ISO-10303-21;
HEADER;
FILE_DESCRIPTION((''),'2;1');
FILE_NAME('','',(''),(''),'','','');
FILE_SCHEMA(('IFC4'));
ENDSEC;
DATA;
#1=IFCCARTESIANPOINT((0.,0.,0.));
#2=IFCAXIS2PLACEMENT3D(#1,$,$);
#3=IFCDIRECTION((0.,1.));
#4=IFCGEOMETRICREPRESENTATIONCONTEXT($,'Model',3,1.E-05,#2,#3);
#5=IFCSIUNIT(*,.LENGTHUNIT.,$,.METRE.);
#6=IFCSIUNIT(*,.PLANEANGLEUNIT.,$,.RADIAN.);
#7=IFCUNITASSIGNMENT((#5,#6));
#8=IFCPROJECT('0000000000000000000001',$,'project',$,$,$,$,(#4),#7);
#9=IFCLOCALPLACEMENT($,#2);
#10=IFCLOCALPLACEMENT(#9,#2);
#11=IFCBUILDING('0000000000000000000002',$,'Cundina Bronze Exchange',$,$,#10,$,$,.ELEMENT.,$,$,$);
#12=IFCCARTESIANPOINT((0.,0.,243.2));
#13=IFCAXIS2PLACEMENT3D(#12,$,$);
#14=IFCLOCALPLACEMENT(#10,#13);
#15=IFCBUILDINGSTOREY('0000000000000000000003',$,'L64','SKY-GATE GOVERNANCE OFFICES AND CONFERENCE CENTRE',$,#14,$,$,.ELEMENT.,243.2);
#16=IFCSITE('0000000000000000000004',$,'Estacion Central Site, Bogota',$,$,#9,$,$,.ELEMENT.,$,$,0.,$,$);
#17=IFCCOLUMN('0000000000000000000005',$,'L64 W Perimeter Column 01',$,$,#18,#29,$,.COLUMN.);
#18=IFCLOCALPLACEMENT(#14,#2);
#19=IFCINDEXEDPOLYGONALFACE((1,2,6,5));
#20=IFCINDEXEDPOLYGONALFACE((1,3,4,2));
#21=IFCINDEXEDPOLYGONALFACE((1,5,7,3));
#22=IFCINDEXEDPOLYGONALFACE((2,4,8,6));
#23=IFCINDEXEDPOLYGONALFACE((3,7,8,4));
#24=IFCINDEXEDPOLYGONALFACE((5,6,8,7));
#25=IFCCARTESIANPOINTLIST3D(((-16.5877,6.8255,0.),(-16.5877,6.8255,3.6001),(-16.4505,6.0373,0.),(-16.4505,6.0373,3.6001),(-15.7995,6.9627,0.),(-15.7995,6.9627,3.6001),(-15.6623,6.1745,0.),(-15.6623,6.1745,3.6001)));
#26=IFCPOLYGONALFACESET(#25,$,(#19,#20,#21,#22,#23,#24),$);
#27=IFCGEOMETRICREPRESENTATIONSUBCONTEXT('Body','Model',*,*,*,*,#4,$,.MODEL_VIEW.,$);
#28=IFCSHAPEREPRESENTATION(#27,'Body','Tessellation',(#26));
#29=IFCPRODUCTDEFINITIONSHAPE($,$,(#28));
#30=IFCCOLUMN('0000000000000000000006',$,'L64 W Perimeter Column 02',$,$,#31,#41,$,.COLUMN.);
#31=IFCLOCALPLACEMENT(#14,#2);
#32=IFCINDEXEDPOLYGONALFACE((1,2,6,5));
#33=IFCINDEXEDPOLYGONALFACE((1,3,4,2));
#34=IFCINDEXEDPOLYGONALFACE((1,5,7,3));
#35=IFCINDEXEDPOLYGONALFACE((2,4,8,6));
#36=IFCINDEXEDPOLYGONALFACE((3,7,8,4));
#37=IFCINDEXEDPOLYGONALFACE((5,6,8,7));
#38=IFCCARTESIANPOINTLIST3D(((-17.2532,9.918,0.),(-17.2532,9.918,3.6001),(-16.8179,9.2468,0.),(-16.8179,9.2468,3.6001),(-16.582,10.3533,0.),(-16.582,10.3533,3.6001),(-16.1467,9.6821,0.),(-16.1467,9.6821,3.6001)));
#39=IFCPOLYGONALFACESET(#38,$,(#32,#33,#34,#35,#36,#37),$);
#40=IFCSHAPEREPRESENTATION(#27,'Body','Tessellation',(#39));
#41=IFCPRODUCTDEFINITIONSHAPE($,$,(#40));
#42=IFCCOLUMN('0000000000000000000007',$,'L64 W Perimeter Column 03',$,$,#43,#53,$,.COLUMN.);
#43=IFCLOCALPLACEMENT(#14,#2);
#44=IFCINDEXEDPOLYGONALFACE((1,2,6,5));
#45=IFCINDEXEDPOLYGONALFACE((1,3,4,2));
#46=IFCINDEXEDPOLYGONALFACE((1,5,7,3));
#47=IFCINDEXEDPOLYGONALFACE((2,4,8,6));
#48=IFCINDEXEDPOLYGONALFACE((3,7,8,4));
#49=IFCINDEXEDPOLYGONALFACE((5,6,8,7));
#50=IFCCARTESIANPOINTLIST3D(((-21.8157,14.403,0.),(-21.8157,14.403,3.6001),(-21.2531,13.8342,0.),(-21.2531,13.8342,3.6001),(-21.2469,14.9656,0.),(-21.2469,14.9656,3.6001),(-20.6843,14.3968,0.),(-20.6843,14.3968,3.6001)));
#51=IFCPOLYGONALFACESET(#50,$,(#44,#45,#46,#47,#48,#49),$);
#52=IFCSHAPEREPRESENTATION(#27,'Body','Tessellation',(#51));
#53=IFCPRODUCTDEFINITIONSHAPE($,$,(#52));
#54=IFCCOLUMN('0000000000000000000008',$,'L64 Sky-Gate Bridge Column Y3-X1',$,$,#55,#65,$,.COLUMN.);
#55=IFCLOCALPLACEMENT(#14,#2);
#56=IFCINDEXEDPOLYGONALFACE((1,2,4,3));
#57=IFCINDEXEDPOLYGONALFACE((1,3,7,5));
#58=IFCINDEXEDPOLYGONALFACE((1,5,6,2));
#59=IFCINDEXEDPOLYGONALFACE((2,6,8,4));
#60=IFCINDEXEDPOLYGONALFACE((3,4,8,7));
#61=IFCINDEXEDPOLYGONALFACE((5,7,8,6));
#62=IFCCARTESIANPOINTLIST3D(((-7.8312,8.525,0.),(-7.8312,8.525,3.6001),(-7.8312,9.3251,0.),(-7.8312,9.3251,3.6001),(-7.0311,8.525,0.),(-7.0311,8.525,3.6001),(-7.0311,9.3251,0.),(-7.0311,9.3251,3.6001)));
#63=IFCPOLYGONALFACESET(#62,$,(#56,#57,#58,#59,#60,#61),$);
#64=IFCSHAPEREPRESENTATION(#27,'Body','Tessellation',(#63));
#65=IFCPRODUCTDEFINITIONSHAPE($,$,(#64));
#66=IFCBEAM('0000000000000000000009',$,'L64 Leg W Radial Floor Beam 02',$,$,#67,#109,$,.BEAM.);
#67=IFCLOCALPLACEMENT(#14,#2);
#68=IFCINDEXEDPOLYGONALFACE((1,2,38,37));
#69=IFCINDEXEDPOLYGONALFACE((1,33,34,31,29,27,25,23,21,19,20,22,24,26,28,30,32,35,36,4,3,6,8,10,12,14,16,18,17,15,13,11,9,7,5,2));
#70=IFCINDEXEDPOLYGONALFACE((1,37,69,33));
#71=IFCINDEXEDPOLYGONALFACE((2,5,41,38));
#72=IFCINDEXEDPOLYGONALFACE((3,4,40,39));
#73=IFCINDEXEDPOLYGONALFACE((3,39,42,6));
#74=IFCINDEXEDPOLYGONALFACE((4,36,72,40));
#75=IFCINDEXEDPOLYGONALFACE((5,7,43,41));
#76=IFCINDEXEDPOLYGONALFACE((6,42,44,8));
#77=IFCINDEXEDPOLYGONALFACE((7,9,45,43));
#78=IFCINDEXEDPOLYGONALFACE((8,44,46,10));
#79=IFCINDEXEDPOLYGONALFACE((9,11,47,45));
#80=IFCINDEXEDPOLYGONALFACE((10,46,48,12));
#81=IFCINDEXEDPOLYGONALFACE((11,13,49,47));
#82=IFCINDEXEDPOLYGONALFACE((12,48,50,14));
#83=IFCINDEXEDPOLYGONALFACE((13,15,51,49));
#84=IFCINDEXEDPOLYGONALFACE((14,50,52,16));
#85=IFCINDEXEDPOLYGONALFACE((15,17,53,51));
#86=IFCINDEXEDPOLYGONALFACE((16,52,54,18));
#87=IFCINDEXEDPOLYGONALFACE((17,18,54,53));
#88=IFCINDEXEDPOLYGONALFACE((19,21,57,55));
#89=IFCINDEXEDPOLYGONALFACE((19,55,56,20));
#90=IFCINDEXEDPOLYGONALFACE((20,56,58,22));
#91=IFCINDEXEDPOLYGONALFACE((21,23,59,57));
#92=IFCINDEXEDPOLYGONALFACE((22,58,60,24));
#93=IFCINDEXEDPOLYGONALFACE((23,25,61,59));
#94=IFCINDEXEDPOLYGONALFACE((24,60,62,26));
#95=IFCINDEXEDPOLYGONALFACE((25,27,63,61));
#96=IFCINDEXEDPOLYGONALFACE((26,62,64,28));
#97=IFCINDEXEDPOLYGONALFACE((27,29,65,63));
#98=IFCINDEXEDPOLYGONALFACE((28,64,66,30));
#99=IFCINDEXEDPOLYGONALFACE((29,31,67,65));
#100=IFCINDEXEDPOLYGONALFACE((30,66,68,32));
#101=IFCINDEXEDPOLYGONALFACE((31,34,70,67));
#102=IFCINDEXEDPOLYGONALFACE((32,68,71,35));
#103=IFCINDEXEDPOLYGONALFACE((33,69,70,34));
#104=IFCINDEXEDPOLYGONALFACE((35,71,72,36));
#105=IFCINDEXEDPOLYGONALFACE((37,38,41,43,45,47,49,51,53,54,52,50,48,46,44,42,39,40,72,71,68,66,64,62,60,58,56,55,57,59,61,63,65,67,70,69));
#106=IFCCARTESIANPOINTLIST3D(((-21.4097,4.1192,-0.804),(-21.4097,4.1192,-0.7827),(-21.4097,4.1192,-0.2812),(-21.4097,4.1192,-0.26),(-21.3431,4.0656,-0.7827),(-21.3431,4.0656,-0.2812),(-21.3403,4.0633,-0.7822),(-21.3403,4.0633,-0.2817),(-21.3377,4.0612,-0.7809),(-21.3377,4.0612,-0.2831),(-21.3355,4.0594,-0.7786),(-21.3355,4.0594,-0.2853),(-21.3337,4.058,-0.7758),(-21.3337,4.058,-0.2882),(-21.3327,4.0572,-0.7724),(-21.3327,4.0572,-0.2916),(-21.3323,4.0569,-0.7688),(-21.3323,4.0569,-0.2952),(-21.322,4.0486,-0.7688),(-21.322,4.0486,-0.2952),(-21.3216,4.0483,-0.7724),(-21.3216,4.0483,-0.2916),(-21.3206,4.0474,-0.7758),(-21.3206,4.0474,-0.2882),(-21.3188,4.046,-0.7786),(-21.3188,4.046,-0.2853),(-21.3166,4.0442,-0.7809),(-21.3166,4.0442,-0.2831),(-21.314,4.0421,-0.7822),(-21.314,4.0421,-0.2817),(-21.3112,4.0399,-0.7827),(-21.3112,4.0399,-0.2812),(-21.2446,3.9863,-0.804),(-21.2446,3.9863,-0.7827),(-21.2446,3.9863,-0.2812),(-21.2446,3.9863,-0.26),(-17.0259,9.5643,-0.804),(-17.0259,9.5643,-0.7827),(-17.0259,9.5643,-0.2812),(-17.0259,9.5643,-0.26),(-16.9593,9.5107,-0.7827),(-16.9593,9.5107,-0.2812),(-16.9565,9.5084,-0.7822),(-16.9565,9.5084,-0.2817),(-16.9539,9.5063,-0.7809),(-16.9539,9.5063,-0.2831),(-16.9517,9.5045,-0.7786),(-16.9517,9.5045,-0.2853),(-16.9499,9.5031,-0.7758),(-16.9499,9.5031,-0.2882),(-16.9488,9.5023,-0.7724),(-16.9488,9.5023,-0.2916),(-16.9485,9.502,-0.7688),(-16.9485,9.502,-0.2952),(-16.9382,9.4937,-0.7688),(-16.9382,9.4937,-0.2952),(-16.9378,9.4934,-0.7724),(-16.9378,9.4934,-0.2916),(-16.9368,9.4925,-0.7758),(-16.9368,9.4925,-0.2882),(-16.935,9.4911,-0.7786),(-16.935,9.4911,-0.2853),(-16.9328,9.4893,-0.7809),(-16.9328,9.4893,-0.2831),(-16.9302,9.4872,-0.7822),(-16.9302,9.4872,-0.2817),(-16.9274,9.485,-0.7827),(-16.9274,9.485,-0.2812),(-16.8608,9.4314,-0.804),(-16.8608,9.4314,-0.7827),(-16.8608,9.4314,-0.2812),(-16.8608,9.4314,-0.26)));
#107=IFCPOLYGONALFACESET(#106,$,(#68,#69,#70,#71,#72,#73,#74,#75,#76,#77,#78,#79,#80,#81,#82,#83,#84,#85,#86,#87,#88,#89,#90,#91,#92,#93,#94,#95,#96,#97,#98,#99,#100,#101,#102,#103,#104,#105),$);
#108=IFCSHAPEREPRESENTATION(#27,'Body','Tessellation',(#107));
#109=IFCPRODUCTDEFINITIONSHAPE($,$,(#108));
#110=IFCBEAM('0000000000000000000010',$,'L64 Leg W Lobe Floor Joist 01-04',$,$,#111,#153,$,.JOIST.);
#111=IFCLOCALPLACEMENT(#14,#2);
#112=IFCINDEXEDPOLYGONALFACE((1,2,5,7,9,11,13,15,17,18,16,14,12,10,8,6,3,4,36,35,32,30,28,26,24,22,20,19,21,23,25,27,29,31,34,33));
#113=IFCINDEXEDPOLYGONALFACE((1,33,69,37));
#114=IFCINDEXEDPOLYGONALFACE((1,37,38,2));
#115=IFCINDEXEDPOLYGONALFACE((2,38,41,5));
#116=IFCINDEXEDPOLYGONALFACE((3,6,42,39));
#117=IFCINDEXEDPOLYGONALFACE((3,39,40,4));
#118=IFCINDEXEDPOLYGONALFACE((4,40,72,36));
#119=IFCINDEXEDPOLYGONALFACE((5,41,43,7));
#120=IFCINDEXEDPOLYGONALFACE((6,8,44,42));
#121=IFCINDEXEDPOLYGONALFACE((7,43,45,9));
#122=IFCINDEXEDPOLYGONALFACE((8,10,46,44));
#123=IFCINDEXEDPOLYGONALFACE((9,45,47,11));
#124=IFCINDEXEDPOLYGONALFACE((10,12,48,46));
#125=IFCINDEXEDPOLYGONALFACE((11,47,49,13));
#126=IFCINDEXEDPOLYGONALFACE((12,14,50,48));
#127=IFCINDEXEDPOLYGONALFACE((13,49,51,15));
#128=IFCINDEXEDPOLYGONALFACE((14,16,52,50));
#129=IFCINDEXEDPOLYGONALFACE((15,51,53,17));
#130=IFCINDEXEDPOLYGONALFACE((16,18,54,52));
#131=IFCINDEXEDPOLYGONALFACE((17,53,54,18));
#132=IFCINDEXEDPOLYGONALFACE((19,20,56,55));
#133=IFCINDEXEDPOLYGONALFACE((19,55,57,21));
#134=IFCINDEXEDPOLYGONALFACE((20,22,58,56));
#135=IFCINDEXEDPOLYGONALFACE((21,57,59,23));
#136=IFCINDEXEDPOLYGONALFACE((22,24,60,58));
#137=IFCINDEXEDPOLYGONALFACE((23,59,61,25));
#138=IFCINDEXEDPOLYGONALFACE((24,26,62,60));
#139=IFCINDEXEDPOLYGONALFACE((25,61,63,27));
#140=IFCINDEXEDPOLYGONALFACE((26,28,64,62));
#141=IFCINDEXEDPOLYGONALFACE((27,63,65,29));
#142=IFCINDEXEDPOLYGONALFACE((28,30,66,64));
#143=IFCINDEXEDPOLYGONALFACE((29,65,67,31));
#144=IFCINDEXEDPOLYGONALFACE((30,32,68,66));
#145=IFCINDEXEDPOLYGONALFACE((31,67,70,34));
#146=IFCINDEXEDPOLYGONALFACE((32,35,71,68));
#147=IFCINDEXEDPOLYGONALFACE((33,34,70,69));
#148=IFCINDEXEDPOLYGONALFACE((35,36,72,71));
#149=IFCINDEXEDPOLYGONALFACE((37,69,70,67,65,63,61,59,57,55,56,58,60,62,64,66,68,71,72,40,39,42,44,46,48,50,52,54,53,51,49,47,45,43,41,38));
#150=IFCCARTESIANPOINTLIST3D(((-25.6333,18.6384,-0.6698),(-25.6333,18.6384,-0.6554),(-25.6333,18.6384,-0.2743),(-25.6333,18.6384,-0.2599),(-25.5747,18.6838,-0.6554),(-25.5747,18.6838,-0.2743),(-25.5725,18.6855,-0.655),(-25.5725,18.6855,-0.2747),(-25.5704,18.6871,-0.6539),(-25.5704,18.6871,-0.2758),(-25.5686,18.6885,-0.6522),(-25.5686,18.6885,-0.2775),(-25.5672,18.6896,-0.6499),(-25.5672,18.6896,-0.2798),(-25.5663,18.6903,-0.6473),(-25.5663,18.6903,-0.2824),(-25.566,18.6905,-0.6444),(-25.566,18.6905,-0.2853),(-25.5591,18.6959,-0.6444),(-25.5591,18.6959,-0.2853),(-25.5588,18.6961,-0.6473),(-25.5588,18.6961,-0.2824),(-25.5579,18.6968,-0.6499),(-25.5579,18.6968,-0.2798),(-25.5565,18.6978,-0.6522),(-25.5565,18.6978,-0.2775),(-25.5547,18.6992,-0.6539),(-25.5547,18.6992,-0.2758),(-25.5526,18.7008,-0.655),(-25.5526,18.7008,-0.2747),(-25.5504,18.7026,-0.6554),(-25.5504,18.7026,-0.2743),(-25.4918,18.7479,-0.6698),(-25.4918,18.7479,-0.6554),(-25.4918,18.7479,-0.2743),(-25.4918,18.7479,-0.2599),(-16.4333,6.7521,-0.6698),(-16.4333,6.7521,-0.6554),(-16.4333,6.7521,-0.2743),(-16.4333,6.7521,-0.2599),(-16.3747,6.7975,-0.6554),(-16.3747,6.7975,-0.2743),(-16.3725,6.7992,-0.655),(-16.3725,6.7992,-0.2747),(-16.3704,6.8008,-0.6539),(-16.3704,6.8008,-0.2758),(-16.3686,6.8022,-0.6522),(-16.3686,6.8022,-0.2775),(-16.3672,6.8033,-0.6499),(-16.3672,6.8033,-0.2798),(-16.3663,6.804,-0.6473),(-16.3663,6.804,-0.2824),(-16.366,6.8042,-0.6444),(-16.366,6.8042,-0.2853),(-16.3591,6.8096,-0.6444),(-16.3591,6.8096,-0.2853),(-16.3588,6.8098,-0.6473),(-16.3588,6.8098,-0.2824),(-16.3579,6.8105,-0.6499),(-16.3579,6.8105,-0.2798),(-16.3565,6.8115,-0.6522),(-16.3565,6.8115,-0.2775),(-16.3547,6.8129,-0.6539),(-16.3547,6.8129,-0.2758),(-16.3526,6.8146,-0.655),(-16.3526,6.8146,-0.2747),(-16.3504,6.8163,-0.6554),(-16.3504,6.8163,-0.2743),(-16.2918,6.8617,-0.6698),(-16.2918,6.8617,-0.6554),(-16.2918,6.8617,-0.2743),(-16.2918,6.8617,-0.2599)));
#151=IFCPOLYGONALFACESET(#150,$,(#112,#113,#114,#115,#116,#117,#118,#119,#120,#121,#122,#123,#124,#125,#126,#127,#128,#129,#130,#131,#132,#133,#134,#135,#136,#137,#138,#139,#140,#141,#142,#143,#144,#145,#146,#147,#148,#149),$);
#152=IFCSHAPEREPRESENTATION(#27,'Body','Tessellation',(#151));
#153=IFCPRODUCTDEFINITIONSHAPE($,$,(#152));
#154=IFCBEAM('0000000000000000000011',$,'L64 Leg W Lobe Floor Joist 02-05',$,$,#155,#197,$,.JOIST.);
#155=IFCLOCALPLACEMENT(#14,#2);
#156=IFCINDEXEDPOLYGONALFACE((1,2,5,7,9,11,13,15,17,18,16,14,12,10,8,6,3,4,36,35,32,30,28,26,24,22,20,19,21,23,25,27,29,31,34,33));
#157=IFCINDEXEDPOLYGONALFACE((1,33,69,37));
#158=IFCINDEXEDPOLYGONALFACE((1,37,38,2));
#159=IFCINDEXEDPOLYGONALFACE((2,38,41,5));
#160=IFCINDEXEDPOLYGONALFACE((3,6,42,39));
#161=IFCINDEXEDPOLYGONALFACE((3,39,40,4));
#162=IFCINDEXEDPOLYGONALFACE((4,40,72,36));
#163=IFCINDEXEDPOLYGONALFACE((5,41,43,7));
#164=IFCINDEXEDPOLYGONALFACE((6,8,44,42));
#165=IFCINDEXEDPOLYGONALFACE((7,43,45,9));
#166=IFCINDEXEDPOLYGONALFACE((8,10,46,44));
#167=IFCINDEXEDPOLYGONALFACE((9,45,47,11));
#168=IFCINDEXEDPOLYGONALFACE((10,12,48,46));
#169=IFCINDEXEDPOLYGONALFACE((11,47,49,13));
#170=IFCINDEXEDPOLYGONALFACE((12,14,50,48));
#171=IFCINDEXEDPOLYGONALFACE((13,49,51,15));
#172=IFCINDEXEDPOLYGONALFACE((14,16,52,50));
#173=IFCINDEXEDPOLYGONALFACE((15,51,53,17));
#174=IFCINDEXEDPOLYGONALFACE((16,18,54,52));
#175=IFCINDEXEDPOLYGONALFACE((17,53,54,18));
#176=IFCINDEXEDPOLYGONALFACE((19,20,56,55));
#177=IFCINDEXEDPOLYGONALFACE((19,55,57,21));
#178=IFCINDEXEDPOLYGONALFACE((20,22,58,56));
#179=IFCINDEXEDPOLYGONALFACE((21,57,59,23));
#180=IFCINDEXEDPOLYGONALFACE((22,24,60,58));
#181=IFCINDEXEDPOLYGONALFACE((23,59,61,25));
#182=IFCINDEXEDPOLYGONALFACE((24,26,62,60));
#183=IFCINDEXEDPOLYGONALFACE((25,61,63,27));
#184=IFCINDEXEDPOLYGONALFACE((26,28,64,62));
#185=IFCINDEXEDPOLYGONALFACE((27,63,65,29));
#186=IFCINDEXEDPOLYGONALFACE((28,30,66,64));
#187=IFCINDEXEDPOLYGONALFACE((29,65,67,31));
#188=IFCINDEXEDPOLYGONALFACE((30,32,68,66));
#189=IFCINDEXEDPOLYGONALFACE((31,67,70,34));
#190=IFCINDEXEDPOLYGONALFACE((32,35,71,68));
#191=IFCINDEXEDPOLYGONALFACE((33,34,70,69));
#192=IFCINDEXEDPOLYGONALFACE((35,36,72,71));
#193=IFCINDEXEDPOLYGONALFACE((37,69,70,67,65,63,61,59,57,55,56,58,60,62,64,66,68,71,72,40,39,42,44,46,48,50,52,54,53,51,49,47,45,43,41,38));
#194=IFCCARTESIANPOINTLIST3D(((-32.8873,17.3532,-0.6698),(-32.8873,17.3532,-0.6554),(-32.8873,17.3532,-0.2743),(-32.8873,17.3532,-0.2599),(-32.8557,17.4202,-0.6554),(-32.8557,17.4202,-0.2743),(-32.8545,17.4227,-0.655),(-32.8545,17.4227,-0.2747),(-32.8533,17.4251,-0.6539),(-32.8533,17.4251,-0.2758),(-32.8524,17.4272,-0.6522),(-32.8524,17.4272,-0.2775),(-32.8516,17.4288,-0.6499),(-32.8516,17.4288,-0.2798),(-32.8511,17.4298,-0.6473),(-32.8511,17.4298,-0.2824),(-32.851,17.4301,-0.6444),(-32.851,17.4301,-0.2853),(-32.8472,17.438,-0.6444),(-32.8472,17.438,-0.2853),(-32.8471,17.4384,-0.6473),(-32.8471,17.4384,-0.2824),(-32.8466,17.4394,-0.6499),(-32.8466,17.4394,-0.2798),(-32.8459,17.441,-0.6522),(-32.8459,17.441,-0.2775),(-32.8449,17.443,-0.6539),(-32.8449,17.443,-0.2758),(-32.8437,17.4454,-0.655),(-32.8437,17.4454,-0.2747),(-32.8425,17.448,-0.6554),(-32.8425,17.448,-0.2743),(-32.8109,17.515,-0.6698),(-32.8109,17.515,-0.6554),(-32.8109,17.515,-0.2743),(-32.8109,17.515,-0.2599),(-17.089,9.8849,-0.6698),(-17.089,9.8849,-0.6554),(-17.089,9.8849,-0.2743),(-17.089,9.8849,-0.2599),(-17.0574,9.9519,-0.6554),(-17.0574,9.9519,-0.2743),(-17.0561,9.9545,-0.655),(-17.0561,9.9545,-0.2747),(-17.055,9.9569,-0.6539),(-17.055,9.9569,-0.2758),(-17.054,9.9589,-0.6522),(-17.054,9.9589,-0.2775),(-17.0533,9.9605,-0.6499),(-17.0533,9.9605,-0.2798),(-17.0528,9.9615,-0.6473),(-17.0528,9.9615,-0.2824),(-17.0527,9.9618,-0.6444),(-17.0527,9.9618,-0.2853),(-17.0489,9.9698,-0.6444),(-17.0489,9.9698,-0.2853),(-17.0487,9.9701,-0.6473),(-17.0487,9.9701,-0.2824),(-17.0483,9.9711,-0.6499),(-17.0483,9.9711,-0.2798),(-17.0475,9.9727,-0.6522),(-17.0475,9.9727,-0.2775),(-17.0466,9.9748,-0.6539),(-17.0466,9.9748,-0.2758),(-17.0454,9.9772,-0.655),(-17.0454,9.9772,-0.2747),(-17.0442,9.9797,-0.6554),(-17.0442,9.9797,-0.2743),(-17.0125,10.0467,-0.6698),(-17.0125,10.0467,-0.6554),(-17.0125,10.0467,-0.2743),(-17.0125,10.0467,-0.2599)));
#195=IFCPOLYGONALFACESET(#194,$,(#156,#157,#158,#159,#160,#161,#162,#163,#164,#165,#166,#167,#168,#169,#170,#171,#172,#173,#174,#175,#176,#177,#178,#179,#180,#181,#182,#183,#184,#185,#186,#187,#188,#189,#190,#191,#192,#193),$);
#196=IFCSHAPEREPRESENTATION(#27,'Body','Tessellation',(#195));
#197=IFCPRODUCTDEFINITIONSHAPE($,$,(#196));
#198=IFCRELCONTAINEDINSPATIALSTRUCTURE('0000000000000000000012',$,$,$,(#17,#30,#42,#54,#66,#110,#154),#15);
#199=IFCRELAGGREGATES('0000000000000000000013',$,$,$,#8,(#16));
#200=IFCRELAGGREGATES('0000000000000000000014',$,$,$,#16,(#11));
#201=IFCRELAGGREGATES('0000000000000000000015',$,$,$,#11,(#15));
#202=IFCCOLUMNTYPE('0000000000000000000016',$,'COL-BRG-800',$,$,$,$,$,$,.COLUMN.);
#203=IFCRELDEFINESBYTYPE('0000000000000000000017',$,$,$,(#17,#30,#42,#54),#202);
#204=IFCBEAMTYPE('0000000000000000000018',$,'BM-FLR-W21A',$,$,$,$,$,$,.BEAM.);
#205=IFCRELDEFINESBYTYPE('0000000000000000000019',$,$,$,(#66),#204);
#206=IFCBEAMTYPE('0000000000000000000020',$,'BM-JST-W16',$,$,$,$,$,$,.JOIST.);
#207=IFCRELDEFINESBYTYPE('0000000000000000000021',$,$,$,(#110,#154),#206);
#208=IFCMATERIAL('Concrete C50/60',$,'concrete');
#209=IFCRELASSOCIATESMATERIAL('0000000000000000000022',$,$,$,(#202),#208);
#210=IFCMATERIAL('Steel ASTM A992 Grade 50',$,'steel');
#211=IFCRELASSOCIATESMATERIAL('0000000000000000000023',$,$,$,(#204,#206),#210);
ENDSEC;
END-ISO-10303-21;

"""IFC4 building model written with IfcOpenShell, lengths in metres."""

from ifc_helpers import new_model, si_unit, direction, frame, origin, origin_2d, place, context, subcontext, project, spatial, rectangle, i_section, extrude, material, material_profile, profile_set, type_object, element, save


model = new_model("IFC4")

# Units and contexts
model_context = context("Model", 3, precision=1e-05, world=origin(), true_north=direction((0.0, 1.0)))
body_context = subcontext(model_context, "Body", "Model", "MODEL_VIEW")
ifc_project = project(units=[si_unit("LENGTHUNIT", "METRE"), si_unit("PLANEANGLEUNIT", "RADIAN")], contexts=[model_context])

# Site, building, storey
site_placement = place(None, origin())
site = spatial("IfcSite", under=ifc_project, at=site_placement, Name="Estacion Central Site, Bogota", CompositionType="ELEMENT", RefElevation=0.0)
building_placement = place(site_placement, origin())
building = spatial("IfcBuilding", under=site, at=building_placement, Name="Cundina Bronze Exchange", CompositionType="ELEMENT")
storey_placement = place(building_placement, frame((0.0, 0.0, 243.2)))
storey = spatial("IfcBuildingStorey", under=building, at=storey_placement, Name="L64", Description="SKY-GATE GOVERNANCE OFFICES AND CONFERENCE CENTRE", CompositionType="ELEMENT", Elevation=243.2)

# Columns
ifc_material_1 = material(Name="Concrete C50/60", Category="concrete")
ifc_material_profile_1 = material_profile(ifc_material_1, rectangle(XDim=0.8, YDim=0.8, at=origin_2d()), Name="RC800X800", Category="concrete")
ifc_profile_set_1 = profile_set([ifc_material_profile_1], Name="Concrete C50/60")
column_type = type_object("IfcColumnType", Name="COL-BRG-800", PredefinedType="COLUMN", material=ifc_profile_set_1)
for number, where, z_axis, x_axis, name in (
    (1, (-16.125, 6.5, 0.0), (0.0, 0.0, 1.0), (-0.171585, 0.985169, 0.0), "L64 W Perimeter Column 01"),
    (2, (-16.7, 9.8, 0.0), (0.0, 0.0, 1.0), (-0.5442, 0.838956, 0.0), "L64 W Perimeter Column 02"),
    (3, (-21.25, 14.3999, 0.0), (0.0, 0.0, 1.0), (-0.703271, 0.710922, 0.0), "L64 W Perimeter Column 03"),
    (4, (-7.4312, 8.925, 0.0), (0.0, 0.0, 1.0), (1.0, 0.0, 0.0), "L64 Sky-Gate Bridge Column Y3-X1"),
):
    element("IfcColumn", number, at=place(storey_placement, frame(where, z_axis=z_axis, x_axis=x_axis)), inside=storey, type_object=column_type, Name=name, PredefinedType="COLUMN", context=body_context, shape_type="SweptSolid", body=[
        extrude(rectangle(XDim=0.8, YDim=0.8, at=origin_2d()), origin(), (0.0, 0.0, 1.0), 3.6001),
    ])

# Beams
ifc_material_2 = material(Name="Steel ASTM A992 Grade 50", Category="steel")
ifc_material_profile_2 = material_profile(ifc_material_2, i_section(OverallWidth=0.2119, OverallDepth=0.5439, WebThickness=0.0132, FlangeThickness=0.0212, FilletRadius=0.0139, at=origin_2d()), Name="W21X83", Category="steel")
ifc_profile_set_2 = profile_set([ifc_material_profile_2], Name="Steel ASTM A992 Grade 50")
beam_type_1 = type_object("IfcBeamType", Name="BM-FLR-W21A", PredefinedType="BEAM", material=ifc_profile_set_2)
beam_1_placement = place(storey_placement, frame((-21.3271, 4.0527, -0.532), z_axis=(0.627111, 0.77893, 0.0), x_axis=(-0.77893, 0.627111, 0.0)))
element("IfcBeam", 5, at=beam_1_placement, inside=storey, type_object=beam_type_1, Name="L64 Leg W Radial Floor Beam 02", PredefinedType="BEAM", context=body_context, shape_type="SweptSolid", body=[
    extrude(i_section(OverallWidth=0.2119, OverallDepth=0.5439, WebThickness=0.0132, FlangeThickness=0.0212, FilletRadius=0.0139, at=origin_2d()), origin(), (0.0, 0.0, 1.0), 6.9905),
])
ifc_material_profile_3 = material_profile(ifc_material_2, i_section(OverallWidth=0.179, OverallDepth=0.4099, WebThickness=0.0088, FlangeThickness=0.0144, FilletRadius=0.011, at=origin_2d()), Name="W16X45", Category="steel")
ifc_profile_set_3 = profile_set([ifc_material_profile_3], Name="Steel ASTM A992 Grade 50")
beam_type_2 = type_object("IfcBeamType", Name="BM-JST-W16", PredefinedType="JOIST", material=ifc_profile_set_3)
beam_2_placement = place(storey_placement, frame((-16.3625, 6.8069, -0.4648), z_axis=(-0.612078, 0.790798, 0.0), x_axis=(-0.790798, -0.612078, 0.0)))
element("IfcBeam", 6, at=beam_2_placement, inside=storey, type_object=beam_type_2, Name="L64 Leg W Lobe Floor Joist 01-04", PredefinedType="JOIST", context=body_context, shape_type="SweptSolid", body=[
    extrude(i_section(OverallWidth=0.179, OverallDepth=0.4099, WebThickness=0.0088, FlangeThickness=0.0144, FilletRadius=0.011, at=origin_2d()), origin(), (0.0, 0.0, 1.0), 15.0308),
])
beam_3_placement = place(storey_placement, frame((-17.0508, 9.9658, -0.4648), z_axis=(-0.904073, 0.427378, 0.0), x_axis=(-0.427378, -0.904073, 0.0)))
element("IfcBeam", 7, at=beam_3_placement, inside=storey, type_object=beam_type_2, Name="L64 Leg W Lobe Floor Joist 02-05", PredefinedType="JOIST", context=body_context, shape_type="SweptSolid", body=[
    extrude(i_section(OverallWidth=0.179, OverallDepth=0.4099, WebThickness=0.0088, FlangeThickness=0.0144, FilletRadius=0.011, at=origin_2d()), origin(), (0.0, 0.0, 1.0), 17.4746),
])

save(model, "model.ifc")
